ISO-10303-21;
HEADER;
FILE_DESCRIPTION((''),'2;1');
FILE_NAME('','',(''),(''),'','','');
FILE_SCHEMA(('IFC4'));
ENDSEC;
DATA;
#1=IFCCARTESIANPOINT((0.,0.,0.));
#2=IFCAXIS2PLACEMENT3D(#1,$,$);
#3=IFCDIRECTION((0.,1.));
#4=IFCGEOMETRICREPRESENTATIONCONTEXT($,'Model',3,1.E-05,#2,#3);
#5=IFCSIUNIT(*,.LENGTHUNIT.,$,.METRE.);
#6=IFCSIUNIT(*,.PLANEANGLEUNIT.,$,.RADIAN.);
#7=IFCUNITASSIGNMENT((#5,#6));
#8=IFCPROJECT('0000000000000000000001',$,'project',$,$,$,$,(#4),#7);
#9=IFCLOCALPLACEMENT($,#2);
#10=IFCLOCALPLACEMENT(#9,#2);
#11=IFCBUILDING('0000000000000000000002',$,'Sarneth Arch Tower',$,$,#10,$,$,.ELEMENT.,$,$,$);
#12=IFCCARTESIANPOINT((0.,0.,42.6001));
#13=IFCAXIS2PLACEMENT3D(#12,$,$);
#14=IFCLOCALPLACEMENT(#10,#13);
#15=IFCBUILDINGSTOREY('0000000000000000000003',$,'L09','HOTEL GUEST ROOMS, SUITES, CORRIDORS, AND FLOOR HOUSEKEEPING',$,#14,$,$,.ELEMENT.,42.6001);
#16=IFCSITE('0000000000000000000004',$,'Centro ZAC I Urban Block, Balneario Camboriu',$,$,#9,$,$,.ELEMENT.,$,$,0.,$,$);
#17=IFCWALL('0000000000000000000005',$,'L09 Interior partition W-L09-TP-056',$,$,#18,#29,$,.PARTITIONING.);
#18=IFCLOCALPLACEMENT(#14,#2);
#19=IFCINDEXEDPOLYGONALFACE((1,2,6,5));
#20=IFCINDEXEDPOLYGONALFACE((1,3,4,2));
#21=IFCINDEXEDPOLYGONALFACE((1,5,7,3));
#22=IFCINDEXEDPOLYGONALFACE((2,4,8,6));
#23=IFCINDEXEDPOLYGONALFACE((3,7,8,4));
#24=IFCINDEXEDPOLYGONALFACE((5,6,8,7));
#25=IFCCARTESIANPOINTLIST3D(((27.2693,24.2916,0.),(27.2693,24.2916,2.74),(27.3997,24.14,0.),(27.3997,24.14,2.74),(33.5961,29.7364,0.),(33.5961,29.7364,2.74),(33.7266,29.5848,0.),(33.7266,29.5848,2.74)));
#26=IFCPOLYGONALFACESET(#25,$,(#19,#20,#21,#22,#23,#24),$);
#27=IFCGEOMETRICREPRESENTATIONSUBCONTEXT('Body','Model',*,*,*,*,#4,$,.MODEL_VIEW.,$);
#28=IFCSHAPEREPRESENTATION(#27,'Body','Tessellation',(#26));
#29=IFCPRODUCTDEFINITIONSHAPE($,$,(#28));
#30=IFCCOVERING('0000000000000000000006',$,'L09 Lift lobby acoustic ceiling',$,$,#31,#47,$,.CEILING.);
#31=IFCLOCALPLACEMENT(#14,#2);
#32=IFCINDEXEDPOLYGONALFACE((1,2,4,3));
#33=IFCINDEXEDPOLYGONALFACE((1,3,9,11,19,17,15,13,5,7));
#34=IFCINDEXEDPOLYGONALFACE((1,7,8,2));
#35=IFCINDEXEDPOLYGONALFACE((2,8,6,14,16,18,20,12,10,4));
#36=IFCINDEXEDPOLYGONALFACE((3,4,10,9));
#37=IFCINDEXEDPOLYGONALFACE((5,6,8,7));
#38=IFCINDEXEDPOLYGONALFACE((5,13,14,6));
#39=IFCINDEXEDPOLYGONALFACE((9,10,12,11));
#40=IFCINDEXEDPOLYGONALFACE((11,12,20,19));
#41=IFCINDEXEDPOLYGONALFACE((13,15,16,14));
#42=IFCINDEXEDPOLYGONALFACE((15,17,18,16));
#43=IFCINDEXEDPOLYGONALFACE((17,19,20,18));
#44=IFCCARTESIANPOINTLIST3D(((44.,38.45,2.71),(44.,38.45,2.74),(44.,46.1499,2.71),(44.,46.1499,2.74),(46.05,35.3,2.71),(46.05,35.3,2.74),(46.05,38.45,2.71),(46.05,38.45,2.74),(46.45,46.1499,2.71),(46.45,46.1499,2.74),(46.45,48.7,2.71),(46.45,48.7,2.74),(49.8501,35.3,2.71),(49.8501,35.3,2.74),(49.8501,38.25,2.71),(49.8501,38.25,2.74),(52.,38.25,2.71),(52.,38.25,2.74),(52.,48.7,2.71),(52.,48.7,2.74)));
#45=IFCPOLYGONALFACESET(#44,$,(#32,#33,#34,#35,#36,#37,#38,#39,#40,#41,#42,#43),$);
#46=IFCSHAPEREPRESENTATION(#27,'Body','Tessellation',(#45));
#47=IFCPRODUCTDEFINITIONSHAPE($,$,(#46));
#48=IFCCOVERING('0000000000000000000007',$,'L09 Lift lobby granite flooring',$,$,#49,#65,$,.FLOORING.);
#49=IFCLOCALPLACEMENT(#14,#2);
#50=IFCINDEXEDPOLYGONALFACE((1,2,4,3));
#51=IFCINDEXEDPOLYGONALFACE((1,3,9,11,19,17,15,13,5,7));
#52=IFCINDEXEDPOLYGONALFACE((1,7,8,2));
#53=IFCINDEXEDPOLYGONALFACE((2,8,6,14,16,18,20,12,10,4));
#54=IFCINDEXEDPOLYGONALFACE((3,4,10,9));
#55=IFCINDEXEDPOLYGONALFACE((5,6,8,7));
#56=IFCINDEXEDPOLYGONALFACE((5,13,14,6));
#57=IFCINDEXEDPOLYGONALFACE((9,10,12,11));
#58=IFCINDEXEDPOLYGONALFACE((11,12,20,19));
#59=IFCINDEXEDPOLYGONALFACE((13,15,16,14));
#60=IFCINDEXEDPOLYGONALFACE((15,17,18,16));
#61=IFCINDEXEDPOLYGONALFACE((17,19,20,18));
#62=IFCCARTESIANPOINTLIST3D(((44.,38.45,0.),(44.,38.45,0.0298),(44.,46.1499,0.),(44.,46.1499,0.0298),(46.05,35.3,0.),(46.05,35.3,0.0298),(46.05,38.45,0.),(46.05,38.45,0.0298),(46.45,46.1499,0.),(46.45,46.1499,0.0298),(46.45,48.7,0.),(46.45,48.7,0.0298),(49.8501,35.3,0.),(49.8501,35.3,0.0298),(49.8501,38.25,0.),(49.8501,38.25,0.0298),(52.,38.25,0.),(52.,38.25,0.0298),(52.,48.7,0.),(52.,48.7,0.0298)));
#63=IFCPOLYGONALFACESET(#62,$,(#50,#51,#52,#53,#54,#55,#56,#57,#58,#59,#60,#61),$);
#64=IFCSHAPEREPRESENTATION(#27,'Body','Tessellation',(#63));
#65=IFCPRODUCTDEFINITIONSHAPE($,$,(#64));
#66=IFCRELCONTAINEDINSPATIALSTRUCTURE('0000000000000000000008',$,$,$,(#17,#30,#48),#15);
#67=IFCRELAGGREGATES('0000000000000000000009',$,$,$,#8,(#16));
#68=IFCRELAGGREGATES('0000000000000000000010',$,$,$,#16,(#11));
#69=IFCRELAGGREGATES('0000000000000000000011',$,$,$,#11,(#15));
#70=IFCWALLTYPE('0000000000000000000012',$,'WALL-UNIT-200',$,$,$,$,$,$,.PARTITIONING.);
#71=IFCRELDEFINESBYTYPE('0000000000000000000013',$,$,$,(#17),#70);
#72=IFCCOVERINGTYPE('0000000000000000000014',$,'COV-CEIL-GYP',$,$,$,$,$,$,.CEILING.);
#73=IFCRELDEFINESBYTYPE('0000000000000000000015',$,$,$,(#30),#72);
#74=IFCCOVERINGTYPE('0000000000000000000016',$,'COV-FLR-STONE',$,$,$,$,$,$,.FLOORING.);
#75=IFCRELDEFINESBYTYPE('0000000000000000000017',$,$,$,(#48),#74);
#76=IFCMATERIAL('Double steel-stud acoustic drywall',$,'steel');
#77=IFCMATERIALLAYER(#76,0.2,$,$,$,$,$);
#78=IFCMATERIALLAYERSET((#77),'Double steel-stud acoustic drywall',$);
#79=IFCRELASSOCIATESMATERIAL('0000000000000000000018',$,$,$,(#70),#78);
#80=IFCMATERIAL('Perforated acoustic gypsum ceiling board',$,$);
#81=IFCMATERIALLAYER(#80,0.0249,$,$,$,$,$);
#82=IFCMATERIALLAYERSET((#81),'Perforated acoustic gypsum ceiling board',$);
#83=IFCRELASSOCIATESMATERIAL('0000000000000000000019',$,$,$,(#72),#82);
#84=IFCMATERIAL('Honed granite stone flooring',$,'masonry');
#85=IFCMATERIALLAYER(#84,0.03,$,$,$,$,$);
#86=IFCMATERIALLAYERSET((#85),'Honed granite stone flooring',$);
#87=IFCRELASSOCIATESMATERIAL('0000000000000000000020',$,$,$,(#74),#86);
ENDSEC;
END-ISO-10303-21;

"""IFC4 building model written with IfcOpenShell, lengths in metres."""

from ifc_helpers import new_model, si_unit, direction, frame, frame_2d, origin, place, context, subcontext, project, spatial, polyline, rectangle, outline, extrude, material, layer, layer_set, type_object, element, save


model = new_model("IFC4")

# Units and contexts
model_context = context("Model", 3, precision=1e-05, world=origin(), true_north=direction((0.0, 1.0)))
body_context = subcontext(model_context, "Body", "Model", "MODEL_VIEW")
ifc_project = project(units=[si_unit("LENGTHUNIT", "METRE"), si_unit("PLANEANGLEUNIT", "RADIAN")], contexts=[model_context])

# Site, building, storey
site_placement = place(None, origin())
site = spatial("IfcSite", under=ifc_project, at=site_placement, Name="Centro ZAC I Urban Block, Balneario Camboriu", CompositionType="ELEMENT", RefElevation=0.0)
building_placement = place(site_placement, origin())
building = spatial("IfcBuilding", under=site, at=building_placement, Name="Sarneth Arch Tower", CompositionType="ELEMENT")
storey_placement = place(building_placement, frame((0.0, 0.0, 42.6001)))
storey = spatial("IfcBuildingStorey", under=building, at=storey_placement, Name="L09", Description="HOTEL GUEST ROOMS, SUITES, CORRIDORS, AND FLOOR HOUSEKEEPING", CompositionType="ELEMENT", Elevation=42.6001)

# Wall
ifc_material_1 = material(Name="Double steel-stud acoustic drywall", Category="steel")
ifc_layer_1 = layer(ifc_material_1, 0.2)
ifc_layer_set_1 = layer_set([ifc_layer_1], Name="Double steel-stud acoustic drywall")
wall_type_1 = type_object("IfcWallType", Name="WALL-UNIT-200", PredefinedType="PARTITIONING", material=ifc_layer_set_1)
wall_1_placement = place(storey_placement, frame((27.3345, 24.2158, 0.0), z_axis=(0.0, 0.0, 1.0), x_axis=(0.757967, 0.652293, 0.0)))
element("IfcWall", 1, at=wall_1_placement, inside=storey, type_object=wall_type_1, Name="L09 Interior partition W-L09-TP-056", PredefinedType="PARTITIONING", context=body_context, shape_type="SweptSolid", body=[
    extrude(rectangle(XDim=8.3472, YDim=0.2, at=frame_2d((4.1736, 0.0))), origin(), (0.0, 0.0, 1.0), 2.74),
])

# Coverings
ifc_material_2 = material(Name="Perforated acoustic gypsum ceiling board")
ifc_layer_2 = layer(ifc_material_2, 0.0249)
ifc_layer_set_2 = layer_set([ifc_layer_2], Name="Perforated acoustic gypsum ceiling board")
covering_type_1 = type_object("IfcCoveringType", Name="COV-CEIL-GYP", PredefinedType="CEILING", material=ifc_layer_set_2)
covering_1_placement = place(storey_placement, frame((0.0, 0.0, 2.71)))
element("IfcCovering", 2, at=covering_1_placement, inside=storey, type_object=covering_type_1, Name="L09 Lift lobby acoustic ceiling", PredefinedType="CEILING", context=body_context, shape_type="SweptSolid", body=[
    extrude(outline(polyline([(49.8501, 38.25), (49.8501, 35.3), (46.05, 35.3), (46.05, 38.45), (44.0, 38.45), (44.0, 46.1499), (46.45, 46.1499), (46.45, 48.7), (52.0, 48.7), (52.0, 38.25), (49.8501, 38.25)])), origin(), (0.0, 0.0, 1.0), 0.03),
])
ifc_material_3 = material(Name="Honed granite stone flooring", Category="masonry")
ifc_layer_3 = layer(ifc_material_3, 0.03)
ifc_layer_set_3 = layer_set([ifc_layer_3], Name="Honed granite stone flooring")
covering_type_2 = type_object("IfcCoveringType", Name="COV-FLR-STONE", PredefinedType="FLOORING", material=ifc_layer_set_3)
covering_2_placement = place(storey_placement, origin())
element("IfcCovering", 3, at=covering_2_placement, inside=storey, type_object=covering_type_2, Name="L09 Lift lobby granite flooring", PredefinedType="FLOORING", context=body_context, shape_type="SweptSolid", body=[
    extrude(outline(polyline([(49.8501, 38.25), (49.8501, 35.3), (46.05, 35.3), (46.05, 38.45), (44.0, 38.45), (44.0, 46.1499), (46.45, 46.1499), (46.45, 48.7), (52.0, 48.7), (52.0, 38.25), (49.8501, 38.25)])), origin(), (0.0, 0.0, 1.0), 0.0298),
])

save(model, "model.ifc")
